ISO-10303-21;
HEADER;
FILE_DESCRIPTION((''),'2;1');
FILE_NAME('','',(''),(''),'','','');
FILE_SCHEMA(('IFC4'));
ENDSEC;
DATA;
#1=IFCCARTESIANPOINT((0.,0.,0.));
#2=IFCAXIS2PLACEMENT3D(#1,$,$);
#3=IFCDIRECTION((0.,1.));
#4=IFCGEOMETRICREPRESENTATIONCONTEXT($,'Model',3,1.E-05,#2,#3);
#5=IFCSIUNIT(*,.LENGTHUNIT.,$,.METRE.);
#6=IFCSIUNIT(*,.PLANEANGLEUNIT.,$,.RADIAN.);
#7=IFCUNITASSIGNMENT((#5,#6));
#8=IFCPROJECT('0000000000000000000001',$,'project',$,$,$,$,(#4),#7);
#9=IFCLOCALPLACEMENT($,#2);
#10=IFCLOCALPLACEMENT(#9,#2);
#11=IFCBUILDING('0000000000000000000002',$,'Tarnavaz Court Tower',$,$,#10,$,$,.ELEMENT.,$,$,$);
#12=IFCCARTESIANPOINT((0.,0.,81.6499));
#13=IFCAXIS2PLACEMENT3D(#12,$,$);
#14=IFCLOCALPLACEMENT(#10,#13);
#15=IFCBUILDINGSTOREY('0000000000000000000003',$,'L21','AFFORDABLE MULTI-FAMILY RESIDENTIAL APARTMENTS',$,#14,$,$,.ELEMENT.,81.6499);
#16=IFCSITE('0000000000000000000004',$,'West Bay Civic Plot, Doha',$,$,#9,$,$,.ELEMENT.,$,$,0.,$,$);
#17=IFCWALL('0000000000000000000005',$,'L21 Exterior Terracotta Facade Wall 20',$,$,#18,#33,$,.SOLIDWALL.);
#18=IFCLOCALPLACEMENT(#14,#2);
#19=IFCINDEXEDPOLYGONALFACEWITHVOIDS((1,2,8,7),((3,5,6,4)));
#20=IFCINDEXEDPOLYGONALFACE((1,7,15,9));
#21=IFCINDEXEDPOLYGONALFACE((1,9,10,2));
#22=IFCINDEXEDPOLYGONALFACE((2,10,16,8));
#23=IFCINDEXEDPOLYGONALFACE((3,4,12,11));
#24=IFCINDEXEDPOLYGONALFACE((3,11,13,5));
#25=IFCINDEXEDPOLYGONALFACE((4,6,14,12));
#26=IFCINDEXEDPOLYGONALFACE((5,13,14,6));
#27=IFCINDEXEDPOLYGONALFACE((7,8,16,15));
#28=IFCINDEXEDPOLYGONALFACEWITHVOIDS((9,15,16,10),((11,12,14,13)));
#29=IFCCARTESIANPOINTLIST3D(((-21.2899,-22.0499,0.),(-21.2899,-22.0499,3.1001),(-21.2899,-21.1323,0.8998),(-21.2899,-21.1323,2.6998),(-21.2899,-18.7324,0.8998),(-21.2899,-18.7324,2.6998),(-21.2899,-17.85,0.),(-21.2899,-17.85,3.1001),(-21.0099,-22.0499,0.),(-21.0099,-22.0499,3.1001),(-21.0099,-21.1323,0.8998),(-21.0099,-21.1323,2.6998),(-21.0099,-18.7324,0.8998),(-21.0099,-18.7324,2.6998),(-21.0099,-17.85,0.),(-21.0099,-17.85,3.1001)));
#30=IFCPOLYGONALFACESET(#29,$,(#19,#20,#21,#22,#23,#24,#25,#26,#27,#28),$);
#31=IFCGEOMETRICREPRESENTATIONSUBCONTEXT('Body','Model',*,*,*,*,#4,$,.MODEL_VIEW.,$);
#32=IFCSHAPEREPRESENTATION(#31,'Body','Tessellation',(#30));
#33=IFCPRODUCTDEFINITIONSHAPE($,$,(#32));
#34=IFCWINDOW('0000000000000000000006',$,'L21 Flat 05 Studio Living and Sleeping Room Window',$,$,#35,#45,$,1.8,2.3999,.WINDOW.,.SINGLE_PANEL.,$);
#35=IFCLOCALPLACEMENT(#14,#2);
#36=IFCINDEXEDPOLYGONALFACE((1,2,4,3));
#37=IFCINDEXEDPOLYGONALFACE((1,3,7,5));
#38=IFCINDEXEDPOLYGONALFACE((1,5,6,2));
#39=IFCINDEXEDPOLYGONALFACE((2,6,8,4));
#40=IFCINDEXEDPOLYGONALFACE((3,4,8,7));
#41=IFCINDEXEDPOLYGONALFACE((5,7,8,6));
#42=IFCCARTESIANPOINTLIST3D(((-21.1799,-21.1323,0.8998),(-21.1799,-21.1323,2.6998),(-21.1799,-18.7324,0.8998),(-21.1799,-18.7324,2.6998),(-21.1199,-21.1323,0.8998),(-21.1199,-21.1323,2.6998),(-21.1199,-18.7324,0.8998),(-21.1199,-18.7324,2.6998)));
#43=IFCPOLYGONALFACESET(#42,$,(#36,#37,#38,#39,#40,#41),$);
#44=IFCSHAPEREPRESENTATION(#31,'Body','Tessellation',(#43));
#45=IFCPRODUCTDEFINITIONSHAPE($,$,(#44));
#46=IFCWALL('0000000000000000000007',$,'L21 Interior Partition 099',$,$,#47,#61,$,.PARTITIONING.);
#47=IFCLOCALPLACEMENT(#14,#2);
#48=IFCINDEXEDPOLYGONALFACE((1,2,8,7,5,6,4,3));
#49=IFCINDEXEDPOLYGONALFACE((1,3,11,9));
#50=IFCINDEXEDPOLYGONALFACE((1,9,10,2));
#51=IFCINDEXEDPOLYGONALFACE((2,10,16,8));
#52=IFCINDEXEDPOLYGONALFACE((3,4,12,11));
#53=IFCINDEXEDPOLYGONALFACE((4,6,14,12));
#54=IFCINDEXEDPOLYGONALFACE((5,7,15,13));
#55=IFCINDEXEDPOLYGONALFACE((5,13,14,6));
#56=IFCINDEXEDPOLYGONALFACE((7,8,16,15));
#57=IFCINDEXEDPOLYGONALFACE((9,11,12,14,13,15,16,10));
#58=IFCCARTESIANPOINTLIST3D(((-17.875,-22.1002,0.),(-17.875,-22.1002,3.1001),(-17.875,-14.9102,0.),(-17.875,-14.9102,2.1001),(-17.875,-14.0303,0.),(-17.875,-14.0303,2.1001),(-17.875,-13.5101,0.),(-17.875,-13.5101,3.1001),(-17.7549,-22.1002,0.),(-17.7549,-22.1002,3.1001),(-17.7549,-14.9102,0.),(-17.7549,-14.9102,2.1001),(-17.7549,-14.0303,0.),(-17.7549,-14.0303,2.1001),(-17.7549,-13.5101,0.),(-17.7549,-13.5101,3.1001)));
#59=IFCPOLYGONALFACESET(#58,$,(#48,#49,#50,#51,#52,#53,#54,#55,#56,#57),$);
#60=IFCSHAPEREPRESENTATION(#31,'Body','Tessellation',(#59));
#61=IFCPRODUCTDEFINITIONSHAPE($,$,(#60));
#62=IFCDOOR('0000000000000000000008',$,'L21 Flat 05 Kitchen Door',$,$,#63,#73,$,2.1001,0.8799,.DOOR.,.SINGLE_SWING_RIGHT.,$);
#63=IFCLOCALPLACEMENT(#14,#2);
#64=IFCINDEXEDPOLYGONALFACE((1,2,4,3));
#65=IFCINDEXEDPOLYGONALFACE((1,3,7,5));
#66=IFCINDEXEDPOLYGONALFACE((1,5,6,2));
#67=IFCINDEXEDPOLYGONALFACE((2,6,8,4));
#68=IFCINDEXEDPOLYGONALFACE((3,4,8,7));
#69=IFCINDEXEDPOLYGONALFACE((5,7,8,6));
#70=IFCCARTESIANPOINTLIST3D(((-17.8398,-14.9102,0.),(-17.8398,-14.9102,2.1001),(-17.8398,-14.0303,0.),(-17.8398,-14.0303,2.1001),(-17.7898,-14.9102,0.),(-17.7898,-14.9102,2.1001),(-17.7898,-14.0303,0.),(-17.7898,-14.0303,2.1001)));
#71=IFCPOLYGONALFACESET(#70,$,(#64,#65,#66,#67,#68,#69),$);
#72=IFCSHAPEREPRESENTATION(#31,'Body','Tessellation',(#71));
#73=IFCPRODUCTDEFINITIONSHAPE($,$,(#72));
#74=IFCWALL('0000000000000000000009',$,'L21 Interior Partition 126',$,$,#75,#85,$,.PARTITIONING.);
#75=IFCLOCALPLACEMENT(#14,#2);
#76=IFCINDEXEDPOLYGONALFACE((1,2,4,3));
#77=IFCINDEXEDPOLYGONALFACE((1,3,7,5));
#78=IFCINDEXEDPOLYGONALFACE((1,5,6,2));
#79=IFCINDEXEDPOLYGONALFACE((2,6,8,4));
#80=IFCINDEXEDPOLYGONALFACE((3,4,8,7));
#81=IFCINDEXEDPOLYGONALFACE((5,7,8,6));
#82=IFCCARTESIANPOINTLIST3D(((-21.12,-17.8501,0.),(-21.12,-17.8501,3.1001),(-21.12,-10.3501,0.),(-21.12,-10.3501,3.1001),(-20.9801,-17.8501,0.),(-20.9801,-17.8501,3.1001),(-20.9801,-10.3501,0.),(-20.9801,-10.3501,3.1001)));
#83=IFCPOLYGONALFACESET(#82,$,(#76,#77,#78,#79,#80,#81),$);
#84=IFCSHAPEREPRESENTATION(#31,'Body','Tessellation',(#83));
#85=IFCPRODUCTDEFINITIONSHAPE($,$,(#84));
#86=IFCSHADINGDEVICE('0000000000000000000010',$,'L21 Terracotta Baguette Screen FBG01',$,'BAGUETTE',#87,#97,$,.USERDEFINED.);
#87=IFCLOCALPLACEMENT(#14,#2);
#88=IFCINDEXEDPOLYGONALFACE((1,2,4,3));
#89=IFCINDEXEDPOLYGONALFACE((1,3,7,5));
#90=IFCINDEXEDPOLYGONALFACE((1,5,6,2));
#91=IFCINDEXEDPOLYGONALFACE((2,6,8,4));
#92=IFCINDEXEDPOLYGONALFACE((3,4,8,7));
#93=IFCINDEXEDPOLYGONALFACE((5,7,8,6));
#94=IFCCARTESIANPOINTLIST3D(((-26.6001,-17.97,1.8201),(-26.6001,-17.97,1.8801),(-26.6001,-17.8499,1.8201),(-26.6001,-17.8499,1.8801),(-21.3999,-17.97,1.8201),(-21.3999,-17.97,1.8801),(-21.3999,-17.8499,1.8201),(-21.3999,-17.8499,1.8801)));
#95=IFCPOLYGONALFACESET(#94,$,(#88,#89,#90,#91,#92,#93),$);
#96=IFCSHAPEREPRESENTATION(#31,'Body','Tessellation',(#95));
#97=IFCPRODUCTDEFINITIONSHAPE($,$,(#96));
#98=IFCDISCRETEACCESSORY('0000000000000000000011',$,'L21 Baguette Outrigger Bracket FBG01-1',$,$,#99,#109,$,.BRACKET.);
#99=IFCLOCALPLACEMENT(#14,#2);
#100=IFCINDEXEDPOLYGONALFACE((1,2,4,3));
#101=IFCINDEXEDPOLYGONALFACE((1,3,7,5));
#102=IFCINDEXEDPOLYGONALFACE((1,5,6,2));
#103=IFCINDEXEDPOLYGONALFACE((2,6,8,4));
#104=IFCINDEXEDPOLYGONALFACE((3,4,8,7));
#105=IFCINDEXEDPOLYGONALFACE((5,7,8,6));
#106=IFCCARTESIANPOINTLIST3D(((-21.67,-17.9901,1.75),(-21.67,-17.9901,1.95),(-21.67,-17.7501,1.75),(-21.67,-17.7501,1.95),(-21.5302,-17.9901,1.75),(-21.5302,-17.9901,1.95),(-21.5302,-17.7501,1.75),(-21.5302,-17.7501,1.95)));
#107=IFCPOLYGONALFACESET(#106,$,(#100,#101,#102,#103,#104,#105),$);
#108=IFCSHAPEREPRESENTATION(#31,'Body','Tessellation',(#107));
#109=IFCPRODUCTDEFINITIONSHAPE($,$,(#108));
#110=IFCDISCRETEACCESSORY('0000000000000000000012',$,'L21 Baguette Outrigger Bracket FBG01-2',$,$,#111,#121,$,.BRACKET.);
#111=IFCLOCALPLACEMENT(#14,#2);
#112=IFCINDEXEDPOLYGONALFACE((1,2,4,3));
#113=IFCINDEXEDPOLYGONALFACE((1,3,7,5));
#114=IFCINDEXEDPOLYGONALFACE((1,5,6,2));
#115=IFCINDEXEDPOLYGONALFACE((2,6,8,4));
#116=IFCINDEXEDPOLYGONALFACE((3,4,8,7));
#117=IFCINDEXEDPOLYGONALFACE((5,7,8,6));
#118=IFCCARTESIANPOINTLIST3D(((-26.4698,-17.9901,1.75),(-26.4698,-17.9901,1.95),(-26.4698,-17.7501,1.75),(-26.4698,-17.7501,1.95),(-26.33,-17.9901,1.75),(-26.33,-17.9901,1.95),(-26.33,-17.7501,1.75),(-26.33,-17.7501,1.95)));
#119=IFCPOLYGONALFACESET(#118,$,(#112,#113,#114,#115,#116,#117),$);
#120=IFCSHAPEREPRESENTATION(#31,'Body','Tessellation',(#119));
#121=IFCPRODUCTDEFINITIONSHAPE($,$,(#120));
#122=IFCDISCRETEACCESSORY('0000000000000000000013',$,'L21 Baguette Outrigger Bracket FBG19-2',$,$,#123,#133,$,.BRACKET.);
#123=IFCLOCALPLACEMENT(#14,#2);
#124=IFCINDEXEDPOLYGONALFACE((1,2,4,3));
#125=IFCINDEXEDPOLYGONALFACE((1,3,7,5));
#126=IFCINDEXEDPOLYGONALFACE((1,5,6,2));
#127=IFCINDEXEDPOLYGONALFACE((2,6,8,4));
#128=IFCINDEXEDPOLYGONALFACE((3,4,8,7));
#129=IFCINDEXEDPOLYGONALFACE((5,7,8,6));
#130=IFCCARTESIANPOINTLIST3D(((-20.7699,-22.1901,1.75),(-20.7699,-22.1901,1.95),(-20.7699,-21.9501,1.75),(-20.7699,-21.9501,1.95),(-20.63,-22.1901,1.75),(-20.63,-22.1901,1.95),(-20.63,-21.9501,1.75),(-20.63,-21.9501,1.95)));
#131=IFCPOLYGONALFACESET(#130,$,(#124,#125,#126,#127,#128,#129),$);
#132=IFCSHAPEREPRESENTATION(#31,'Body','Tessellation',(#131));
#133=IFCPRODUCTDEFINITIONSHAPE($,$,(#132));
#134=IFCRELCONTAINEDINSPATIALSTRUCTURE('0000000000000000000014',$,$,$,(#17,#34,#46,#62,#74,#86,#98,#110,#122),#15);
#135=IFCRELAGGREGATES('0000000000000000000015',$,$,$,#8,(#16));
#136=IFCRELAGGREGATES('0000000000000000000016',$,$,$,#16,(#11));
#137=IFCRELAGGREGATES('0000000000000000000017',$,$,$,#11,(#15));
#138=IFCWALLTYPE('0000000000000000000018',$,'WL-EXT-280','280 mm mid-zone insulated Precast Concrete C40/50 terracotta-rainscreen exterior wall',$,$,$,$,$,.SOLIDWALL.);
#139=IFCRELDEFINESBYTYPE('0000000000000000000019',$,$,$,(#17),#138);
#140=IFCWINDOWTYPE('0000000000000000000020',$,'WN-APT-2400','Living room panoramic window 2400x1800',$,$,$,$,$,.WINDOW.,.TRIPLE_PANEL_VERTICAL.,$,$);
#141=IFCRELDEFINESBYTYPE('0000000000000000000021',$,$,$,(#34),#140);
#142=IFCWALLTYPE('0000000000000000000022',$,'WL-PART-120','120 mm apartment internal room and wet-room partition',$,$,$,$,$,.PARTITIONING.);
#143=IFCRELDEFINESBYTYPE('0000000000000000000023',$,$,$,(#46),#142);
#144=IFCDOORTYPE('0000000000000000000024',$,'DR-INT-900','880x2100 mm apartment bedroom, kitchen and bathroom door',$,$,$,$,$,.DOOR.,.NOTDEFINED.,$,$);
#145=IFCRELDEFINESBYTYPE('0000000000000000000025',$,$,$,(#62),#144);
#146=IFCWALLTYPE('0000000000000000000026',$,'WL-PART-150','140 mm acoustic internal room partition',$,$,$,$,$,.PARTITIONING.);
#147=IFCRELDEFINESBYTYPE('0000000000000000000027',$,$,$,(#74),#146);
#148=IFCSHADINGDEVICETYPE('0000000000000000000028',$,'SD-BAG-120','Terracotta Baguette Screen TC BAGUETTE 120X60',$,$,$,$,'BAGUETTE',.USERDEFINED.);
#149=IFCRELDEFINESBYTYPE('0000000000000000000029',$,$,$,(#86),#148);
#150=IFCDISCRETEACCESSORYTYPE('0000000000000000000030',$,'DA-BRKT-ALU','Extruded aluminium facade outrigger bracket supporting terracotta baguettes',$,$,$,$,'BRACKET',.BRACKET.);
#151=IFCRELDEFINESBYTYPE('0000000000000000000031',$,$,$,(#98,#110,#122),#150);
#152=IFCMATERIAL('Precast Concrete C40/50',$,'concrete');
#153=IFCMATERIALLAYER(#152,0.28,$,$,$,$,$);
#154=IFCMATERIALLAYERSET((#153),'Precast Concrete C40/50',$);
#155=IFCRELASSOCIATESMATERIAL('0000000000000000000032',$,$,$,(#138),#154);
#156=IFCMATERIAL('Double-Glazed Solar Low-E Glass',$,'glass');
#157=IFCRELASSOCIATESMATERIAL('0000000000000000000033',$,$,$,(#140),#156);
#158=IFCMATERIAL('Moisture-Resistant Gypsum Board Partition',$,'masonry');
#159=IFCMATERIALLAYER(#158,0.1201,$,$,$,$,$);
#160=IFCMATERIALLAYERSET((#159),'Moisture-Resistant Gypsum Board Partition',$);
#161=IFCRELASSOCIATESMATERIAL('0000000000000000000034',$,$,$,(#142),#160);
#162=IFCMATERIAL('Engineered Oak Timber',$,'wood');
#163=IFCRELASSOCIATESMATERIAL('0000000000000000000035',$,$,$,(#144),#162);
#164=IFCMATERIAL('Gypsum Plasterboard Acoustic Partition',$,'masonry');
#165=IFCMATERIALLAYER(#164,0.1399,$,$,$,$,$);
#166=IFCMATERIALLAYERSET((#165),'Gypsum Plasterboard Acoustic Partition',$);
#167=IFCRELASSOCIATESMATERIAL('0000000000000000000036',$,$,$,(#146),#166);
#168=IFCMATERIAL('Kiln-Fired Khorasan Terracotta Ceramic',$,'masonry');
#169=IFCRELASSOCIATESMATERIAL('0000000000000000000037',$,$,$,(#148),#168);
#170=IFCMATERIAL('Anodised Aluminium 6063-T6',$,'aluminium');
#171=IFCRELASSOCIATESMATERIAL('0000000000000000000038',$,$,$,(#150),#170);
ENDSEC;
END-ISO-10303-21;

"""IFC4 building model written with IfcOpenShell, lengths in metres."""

from ifc_helpers import new_model, si_unit, direction, frame, frame_2d, origin, origin_2d, place, context, subcontext, project, spatial, rectangle, extrude, material, layer, layer_set, material_profile, profile_set, type_object, element, fill, save


model = new_model("IFC4")

# Units and contexts
model_context = context("Model", 3, precision=1e-05, world=origin(), true_north=direction((0.0, 1.0)))
body_context = subcontext(model_context, "Body", "Model", "MODEL_VIEW")
ifc_project = project(units=[si_unit("LENGTHUNIT", "METRE"), si_unit("PLANEANGLEUNIT", "RADIAN")], contexts=[model_context])

# Site, building, storey
site_placement = place(None, origin())
site = spatial("IfcSite", under=ifc_project, at=site_placement, Name="West Bay Civic Plot, Doha", CompositionType="ELEMENT", RefElevation=0.0)
building_placement = place(site_placement, origin())
building = spatial("IfcBuilding", under=site, at=building_placement, Name="Tarnavaz Court Tower", CompositionType="ELEMENT")
storey_placement = place(building_placement, frame((0.0, 0.0, 81.6499)))
storey = spatial("IfcBuildingStorey", under=building, at=storey_placement, Name="L21", Description="AFFORDABLE MULTI-FAMILY RESIDENTIAL APARTMENTS", CompositionType="ELEMENT", Elevation=81.6499)

# Shared definitions
ifc_material_1 = material(Name="Precast Concrete C40/50", Category="concrete")
ifc_layer_1 = layer(ifc_material_1, 0.28)
ifc_layer_set_1 = layer_set([ifc_layer_1], Name="Precast Concrete C40/50")
wall_type_1 = type_object("IfcWallType", Name="WL-EXT-280", Description="280 mm mid-zone insulated Precast Concrete C40/50 terracotta-rainscreen exterior wall", PredefinedType="SOLIDWALL", material=ifc_layer_set_1)
ifc_material_2 = material(Name="Double-Glazed Solar Low-E Glass", Category="glass")
window_type_1 = type_object("IfcWindowType", Name="WN-APT-2400", Description="Living room panoramic window 2400x1800", PartitioningType="TRIPLE_PANEL_VERTICAL", PredefinedType="WINDOW", material=ifc_material_2)

# Wall, opening, window
wall_1_placement = place(storey_placement, frame((-21.1499, -22.05, 0.0), z_axis=(0.0, 0.0, 1.0), x_axis=(0.0, 1.0, 0.0)))
wall_1 = element("IfcWall", 1, at=wall_1_placement, inside=storey, type_object=wall_type_1, Name="L21 Exterior Terracotta Facade Wall 20", PredefinedType="SOLIDWALL", context=body_context, shape_type="SweptSolid", body=[
    extrude(rectangle(XDim=4.2, YDim=0.28, at=frame_2d((2.1001, 0.0))), origin(), (0.0, 0.0, 1.0), 3.1001),
])
opening_1_placement = place(wall_1_placement, frame((0.9177, 0.0, 0.8999)))
opening_1 = element("IfcOpeningElement", 2, at=opening_1_placement, cuts=wall_1, PredefinedType="OPENING", context=body_context, shape_type="SweptSolid", body=[
    extrude(rectangle(XDim=2.3999, YDim=1.8, at=frame_2d((1.2, 0.8999))), frame((0.0, 0.1499, 0.0), z_axis=(0.0, -1.0, 0.0), x_axis=(1.0, 0.0, 0.0)), (0.0, 0.0, 1.0), 0.3),
])
window_1_placement = place(opening_1_placement, origin())
window_1 = element("IfcWindow", 3, at=window_1_placement, inside=storey, type_object=window_type_1, Name="L21 Flat 05 Studio Living and Sleeping Room Window", OverallHeight=1.8, OverallWidth=2.3999, PartitioningType="SINGLE_PANEL", PredefinedType="WINDOW", context=body_context, shape_type="SweptSolid", body=[
    extrude(rectangle(XDim=2.3999, YDim=1.8, at=frame_2d((1.2, 0.8999))), frame((0.0, 0.03, 0.0), z_axis=(0.0, -1.0, 0.0), x_axis=(1.0, 0.0, 0.0)), (0.0, 0.0, 1.0), 0.0601),
])
fill(opening_1, window_1)

# Wall, opening, door
ifc_material_3 = material(Name="Moisture-Resistant Gypsum Board Partition", Category="masonry")
ifc_layer_2 = layer(ifc_material_3, 0.1201)
ifc_layer_set_2 = layer_set([ifc_layer_2], Name="Moisture-Resistant Gypsum Board Partition")
wall_type_2 = type_object("IfcWallType", Name="WL-PART-120", Description="120 mm apartment internal room and wet-room partition", PredefinedType="PARTITIONING", material=ifc_layer_set_2)
wall_2_placement = place(storey_placement, frame((-17.8149, -22.1001, 0.0), z_axis=(0.0, 0.0, 1.0), x_axis=(0.0, 1.0, 0.0)))
wall_2 = element("IfcWall", 4, at=wall_2_placement, inside=storey, type_object=wall_type_2, Name="L21 Interior Partition 099", PredefinedType="PARTITIONING", context=body_context, shape_type="SweptSolid", body=[
    extrude(rectangle(XDim=8.5901, YDim=0.1201, at=frame_2d((4.2949, 0.0))), origin(), (0.0, 0.0, 1.0), 3.1001),
])
opening_2_placement = place(wall_2_placement, frame((7.1899, 0.0, 0.0)))
opening_2 = element("IfcOpeningElement", 5, at=opening_2_placement, cuts=wall_2, PredefinedType="OPENING", context=body_context, shape_type="SweptSolid", body=[
    extrude(rectangle(XDim=0.8799, YDim=2.1001, at=frame_2d((0.4399, 1.05))), frame((0.0, 0.0701, 0.0), z_axis=(0.0, -1.0, 0.0), x_axis=(1.0, 0.0, 0.0)), (0.0, 0.0, 1.0), 0.1401),
])
ifc_material_4 = material(Name="Engineered Oak Timber", Category="wood")
door_type = type_object("IfcDoorType", Name="DR-INT-900", Description="880x2100 mm apartment bedroom, kitchen and bathroom door", OperationType="NOTDEFINED", PredefinedType="DOOR", material=ifc_material_4)
door_placement = place(opening_2_placement, origin())
door = element("IfcDoor", 6, at=door_placement, inside=storey, type_object=door_type, Name="L21 Flat 05 Kitchen Door", OperationType="SINGLE_SWING_RIGHT", OverallHeight=2.1001, OverallWidth=0.8799, PredefinedType="DOOR", context=body_context, shape_type="SweptSolid", body=[
    extrude(rectangle(XDim=0.8799, YDim=2.1001, at=frame_2d((0.4399, 1.05))), frame((0.0, 0.0249, 0.0), z_axis=(0.0, -1.0, 0.0), x_axis=(1.0, 0.0, 0.0)), (0.0, 0.0, 1.0), 0.05),
])
fill(opening_2, door)

# Wall
ifc_material_5 = material(Name="Gypsum Plasterboard Acoustic Partition", Category="masonry")
ifc_layer_3 = layer(ifc_material_5, 0.1399)
ifc_layer_set_3 = layer_set([ifc_layer_3], Name="Gypsum Plasterboard Acoustic Partition")
wall_type_3 = type_object("IfcWallType", Name="WL-PART-150", Description="140 mm acoustic internal room partition", PredefinedType="PARTITIONING", material=ifc_layer_set_3)
wall_3_placement = place(storey_placement, frame((-21.05, -17.8501, 0.0), z_axis=(0.0, 0.0, 1.0), x_axis=(0.0, 1.0, 0.0)))
element("IfcWall", 7, at=wall_3_placement, inside=storey, type_object=wall_type_3, Name="L21 Interior Partition 126", PredefinedType="PARTITIONING", context=body_context, shape_type="SweptSolid", body=[
    extrude(rectangle(XDim=7.5, YDim=0.1399, at=frame_2d((3.75, 0.0))), origin(), (0.0, 0.0, 1.0), 3.1001),
])

# Shading device
ifc_material_6 = material(Name="Kiln-Fired Khorasan Terracotta Ceramic", Category="masonry")
ifc_material_profile_1 = material_profile(ifc_material_6, rectangle(XDim=0.1201, YDim=0.0601, at=origin_2d()), Name="TC BAGUETTE 120X60")
ifc_profile_set_1 = profile_set([ifc_material_profile_1], Name="Kiln-Fired Khorasan Terracotta Ceramic")
shading_device_type = type_object("IfcShadingDeviceType", Name="SD-BAG-120", Description="Terracotta Baguette Screen TC BAGUETTE 120X60", ElementType="BAGUETTE", PredefinedType="USERDEFINED", material=ifc_profile_set_1)
shading_device_placement = place(storey_placement, frame((-21.3999, -17.9099, 1.8501), z_axis=(-1.0, 0.0, 0.0), x_axis=(0.0, -1.0, 0.0)))
element("IfcShadingDevice", 8, at=shading_device_placement, inside=storey, type_object=shading_device_type, Name="L21 Terracotta Baguette Screen FBG01", ObjectType="BAGUETTE", PredefinedType="USERDEFINED", context=body_context, shape_type="SweptSolid", body=[
    extrude(rectangle(XDim=0.1201, YDim=0.0601, at=origin_2d()), origin(), (0.0, 0.0, 1.0), 5.2002),
])

# Discrete accessories
ifc_material_7 = material(Name="Anodised Aluminium 6063-T6", Category="aluminium")
discrete_accessory_type = type_object("IfcDiscreteAccessoryType", Name="DA-BRKT-ALU", Description="Extruded aluminium facade outrigger bracket supporting terracotta baguettes", ElementType="BRACKET", PredefinedType="BRACKET", material=ifc_material_7)
for number, where, z_axis, x_axis, name in (
    (9, (-21.6001, -17.8701, 1.75), (0.0, 0.0, 1.0), (-1.0, 0.0, 0.0), "L21 Baguette Outrigger Bracket FBG01-1"),
    (10, (-26.3999, -17.8701, 1.75), (0.0, 0.0, 1.0), (-1.0, 0.0, 0.0), "L21 Baguette Outrigger Bracket FBG01-2"),
    (11, (-20.7, -22.0701, 1.75), (0.0, 0.0, 1.0), (-1.0, 0.0, 0.0), "L21 Baguette Outrigger Bracket FBG19-2"),
):
    element("IfcDiscreteAccessory", number, at=place(storey_placement, frame(where, z_axis=z_axis, x_axis=x_axis)), inside=storey, type_object=discrete_accessory_type, Name=name, PredefinedType="BRACKET", context=body_context, shape_type="SweptSolid", body=[
        extrude(rectangle(XDim=0.1399, YDim=0.24, at=origin_2d()), origin(), (0.0, 0.0, 1.0), 0.2),
    ])

save(model, "model.ifc")
